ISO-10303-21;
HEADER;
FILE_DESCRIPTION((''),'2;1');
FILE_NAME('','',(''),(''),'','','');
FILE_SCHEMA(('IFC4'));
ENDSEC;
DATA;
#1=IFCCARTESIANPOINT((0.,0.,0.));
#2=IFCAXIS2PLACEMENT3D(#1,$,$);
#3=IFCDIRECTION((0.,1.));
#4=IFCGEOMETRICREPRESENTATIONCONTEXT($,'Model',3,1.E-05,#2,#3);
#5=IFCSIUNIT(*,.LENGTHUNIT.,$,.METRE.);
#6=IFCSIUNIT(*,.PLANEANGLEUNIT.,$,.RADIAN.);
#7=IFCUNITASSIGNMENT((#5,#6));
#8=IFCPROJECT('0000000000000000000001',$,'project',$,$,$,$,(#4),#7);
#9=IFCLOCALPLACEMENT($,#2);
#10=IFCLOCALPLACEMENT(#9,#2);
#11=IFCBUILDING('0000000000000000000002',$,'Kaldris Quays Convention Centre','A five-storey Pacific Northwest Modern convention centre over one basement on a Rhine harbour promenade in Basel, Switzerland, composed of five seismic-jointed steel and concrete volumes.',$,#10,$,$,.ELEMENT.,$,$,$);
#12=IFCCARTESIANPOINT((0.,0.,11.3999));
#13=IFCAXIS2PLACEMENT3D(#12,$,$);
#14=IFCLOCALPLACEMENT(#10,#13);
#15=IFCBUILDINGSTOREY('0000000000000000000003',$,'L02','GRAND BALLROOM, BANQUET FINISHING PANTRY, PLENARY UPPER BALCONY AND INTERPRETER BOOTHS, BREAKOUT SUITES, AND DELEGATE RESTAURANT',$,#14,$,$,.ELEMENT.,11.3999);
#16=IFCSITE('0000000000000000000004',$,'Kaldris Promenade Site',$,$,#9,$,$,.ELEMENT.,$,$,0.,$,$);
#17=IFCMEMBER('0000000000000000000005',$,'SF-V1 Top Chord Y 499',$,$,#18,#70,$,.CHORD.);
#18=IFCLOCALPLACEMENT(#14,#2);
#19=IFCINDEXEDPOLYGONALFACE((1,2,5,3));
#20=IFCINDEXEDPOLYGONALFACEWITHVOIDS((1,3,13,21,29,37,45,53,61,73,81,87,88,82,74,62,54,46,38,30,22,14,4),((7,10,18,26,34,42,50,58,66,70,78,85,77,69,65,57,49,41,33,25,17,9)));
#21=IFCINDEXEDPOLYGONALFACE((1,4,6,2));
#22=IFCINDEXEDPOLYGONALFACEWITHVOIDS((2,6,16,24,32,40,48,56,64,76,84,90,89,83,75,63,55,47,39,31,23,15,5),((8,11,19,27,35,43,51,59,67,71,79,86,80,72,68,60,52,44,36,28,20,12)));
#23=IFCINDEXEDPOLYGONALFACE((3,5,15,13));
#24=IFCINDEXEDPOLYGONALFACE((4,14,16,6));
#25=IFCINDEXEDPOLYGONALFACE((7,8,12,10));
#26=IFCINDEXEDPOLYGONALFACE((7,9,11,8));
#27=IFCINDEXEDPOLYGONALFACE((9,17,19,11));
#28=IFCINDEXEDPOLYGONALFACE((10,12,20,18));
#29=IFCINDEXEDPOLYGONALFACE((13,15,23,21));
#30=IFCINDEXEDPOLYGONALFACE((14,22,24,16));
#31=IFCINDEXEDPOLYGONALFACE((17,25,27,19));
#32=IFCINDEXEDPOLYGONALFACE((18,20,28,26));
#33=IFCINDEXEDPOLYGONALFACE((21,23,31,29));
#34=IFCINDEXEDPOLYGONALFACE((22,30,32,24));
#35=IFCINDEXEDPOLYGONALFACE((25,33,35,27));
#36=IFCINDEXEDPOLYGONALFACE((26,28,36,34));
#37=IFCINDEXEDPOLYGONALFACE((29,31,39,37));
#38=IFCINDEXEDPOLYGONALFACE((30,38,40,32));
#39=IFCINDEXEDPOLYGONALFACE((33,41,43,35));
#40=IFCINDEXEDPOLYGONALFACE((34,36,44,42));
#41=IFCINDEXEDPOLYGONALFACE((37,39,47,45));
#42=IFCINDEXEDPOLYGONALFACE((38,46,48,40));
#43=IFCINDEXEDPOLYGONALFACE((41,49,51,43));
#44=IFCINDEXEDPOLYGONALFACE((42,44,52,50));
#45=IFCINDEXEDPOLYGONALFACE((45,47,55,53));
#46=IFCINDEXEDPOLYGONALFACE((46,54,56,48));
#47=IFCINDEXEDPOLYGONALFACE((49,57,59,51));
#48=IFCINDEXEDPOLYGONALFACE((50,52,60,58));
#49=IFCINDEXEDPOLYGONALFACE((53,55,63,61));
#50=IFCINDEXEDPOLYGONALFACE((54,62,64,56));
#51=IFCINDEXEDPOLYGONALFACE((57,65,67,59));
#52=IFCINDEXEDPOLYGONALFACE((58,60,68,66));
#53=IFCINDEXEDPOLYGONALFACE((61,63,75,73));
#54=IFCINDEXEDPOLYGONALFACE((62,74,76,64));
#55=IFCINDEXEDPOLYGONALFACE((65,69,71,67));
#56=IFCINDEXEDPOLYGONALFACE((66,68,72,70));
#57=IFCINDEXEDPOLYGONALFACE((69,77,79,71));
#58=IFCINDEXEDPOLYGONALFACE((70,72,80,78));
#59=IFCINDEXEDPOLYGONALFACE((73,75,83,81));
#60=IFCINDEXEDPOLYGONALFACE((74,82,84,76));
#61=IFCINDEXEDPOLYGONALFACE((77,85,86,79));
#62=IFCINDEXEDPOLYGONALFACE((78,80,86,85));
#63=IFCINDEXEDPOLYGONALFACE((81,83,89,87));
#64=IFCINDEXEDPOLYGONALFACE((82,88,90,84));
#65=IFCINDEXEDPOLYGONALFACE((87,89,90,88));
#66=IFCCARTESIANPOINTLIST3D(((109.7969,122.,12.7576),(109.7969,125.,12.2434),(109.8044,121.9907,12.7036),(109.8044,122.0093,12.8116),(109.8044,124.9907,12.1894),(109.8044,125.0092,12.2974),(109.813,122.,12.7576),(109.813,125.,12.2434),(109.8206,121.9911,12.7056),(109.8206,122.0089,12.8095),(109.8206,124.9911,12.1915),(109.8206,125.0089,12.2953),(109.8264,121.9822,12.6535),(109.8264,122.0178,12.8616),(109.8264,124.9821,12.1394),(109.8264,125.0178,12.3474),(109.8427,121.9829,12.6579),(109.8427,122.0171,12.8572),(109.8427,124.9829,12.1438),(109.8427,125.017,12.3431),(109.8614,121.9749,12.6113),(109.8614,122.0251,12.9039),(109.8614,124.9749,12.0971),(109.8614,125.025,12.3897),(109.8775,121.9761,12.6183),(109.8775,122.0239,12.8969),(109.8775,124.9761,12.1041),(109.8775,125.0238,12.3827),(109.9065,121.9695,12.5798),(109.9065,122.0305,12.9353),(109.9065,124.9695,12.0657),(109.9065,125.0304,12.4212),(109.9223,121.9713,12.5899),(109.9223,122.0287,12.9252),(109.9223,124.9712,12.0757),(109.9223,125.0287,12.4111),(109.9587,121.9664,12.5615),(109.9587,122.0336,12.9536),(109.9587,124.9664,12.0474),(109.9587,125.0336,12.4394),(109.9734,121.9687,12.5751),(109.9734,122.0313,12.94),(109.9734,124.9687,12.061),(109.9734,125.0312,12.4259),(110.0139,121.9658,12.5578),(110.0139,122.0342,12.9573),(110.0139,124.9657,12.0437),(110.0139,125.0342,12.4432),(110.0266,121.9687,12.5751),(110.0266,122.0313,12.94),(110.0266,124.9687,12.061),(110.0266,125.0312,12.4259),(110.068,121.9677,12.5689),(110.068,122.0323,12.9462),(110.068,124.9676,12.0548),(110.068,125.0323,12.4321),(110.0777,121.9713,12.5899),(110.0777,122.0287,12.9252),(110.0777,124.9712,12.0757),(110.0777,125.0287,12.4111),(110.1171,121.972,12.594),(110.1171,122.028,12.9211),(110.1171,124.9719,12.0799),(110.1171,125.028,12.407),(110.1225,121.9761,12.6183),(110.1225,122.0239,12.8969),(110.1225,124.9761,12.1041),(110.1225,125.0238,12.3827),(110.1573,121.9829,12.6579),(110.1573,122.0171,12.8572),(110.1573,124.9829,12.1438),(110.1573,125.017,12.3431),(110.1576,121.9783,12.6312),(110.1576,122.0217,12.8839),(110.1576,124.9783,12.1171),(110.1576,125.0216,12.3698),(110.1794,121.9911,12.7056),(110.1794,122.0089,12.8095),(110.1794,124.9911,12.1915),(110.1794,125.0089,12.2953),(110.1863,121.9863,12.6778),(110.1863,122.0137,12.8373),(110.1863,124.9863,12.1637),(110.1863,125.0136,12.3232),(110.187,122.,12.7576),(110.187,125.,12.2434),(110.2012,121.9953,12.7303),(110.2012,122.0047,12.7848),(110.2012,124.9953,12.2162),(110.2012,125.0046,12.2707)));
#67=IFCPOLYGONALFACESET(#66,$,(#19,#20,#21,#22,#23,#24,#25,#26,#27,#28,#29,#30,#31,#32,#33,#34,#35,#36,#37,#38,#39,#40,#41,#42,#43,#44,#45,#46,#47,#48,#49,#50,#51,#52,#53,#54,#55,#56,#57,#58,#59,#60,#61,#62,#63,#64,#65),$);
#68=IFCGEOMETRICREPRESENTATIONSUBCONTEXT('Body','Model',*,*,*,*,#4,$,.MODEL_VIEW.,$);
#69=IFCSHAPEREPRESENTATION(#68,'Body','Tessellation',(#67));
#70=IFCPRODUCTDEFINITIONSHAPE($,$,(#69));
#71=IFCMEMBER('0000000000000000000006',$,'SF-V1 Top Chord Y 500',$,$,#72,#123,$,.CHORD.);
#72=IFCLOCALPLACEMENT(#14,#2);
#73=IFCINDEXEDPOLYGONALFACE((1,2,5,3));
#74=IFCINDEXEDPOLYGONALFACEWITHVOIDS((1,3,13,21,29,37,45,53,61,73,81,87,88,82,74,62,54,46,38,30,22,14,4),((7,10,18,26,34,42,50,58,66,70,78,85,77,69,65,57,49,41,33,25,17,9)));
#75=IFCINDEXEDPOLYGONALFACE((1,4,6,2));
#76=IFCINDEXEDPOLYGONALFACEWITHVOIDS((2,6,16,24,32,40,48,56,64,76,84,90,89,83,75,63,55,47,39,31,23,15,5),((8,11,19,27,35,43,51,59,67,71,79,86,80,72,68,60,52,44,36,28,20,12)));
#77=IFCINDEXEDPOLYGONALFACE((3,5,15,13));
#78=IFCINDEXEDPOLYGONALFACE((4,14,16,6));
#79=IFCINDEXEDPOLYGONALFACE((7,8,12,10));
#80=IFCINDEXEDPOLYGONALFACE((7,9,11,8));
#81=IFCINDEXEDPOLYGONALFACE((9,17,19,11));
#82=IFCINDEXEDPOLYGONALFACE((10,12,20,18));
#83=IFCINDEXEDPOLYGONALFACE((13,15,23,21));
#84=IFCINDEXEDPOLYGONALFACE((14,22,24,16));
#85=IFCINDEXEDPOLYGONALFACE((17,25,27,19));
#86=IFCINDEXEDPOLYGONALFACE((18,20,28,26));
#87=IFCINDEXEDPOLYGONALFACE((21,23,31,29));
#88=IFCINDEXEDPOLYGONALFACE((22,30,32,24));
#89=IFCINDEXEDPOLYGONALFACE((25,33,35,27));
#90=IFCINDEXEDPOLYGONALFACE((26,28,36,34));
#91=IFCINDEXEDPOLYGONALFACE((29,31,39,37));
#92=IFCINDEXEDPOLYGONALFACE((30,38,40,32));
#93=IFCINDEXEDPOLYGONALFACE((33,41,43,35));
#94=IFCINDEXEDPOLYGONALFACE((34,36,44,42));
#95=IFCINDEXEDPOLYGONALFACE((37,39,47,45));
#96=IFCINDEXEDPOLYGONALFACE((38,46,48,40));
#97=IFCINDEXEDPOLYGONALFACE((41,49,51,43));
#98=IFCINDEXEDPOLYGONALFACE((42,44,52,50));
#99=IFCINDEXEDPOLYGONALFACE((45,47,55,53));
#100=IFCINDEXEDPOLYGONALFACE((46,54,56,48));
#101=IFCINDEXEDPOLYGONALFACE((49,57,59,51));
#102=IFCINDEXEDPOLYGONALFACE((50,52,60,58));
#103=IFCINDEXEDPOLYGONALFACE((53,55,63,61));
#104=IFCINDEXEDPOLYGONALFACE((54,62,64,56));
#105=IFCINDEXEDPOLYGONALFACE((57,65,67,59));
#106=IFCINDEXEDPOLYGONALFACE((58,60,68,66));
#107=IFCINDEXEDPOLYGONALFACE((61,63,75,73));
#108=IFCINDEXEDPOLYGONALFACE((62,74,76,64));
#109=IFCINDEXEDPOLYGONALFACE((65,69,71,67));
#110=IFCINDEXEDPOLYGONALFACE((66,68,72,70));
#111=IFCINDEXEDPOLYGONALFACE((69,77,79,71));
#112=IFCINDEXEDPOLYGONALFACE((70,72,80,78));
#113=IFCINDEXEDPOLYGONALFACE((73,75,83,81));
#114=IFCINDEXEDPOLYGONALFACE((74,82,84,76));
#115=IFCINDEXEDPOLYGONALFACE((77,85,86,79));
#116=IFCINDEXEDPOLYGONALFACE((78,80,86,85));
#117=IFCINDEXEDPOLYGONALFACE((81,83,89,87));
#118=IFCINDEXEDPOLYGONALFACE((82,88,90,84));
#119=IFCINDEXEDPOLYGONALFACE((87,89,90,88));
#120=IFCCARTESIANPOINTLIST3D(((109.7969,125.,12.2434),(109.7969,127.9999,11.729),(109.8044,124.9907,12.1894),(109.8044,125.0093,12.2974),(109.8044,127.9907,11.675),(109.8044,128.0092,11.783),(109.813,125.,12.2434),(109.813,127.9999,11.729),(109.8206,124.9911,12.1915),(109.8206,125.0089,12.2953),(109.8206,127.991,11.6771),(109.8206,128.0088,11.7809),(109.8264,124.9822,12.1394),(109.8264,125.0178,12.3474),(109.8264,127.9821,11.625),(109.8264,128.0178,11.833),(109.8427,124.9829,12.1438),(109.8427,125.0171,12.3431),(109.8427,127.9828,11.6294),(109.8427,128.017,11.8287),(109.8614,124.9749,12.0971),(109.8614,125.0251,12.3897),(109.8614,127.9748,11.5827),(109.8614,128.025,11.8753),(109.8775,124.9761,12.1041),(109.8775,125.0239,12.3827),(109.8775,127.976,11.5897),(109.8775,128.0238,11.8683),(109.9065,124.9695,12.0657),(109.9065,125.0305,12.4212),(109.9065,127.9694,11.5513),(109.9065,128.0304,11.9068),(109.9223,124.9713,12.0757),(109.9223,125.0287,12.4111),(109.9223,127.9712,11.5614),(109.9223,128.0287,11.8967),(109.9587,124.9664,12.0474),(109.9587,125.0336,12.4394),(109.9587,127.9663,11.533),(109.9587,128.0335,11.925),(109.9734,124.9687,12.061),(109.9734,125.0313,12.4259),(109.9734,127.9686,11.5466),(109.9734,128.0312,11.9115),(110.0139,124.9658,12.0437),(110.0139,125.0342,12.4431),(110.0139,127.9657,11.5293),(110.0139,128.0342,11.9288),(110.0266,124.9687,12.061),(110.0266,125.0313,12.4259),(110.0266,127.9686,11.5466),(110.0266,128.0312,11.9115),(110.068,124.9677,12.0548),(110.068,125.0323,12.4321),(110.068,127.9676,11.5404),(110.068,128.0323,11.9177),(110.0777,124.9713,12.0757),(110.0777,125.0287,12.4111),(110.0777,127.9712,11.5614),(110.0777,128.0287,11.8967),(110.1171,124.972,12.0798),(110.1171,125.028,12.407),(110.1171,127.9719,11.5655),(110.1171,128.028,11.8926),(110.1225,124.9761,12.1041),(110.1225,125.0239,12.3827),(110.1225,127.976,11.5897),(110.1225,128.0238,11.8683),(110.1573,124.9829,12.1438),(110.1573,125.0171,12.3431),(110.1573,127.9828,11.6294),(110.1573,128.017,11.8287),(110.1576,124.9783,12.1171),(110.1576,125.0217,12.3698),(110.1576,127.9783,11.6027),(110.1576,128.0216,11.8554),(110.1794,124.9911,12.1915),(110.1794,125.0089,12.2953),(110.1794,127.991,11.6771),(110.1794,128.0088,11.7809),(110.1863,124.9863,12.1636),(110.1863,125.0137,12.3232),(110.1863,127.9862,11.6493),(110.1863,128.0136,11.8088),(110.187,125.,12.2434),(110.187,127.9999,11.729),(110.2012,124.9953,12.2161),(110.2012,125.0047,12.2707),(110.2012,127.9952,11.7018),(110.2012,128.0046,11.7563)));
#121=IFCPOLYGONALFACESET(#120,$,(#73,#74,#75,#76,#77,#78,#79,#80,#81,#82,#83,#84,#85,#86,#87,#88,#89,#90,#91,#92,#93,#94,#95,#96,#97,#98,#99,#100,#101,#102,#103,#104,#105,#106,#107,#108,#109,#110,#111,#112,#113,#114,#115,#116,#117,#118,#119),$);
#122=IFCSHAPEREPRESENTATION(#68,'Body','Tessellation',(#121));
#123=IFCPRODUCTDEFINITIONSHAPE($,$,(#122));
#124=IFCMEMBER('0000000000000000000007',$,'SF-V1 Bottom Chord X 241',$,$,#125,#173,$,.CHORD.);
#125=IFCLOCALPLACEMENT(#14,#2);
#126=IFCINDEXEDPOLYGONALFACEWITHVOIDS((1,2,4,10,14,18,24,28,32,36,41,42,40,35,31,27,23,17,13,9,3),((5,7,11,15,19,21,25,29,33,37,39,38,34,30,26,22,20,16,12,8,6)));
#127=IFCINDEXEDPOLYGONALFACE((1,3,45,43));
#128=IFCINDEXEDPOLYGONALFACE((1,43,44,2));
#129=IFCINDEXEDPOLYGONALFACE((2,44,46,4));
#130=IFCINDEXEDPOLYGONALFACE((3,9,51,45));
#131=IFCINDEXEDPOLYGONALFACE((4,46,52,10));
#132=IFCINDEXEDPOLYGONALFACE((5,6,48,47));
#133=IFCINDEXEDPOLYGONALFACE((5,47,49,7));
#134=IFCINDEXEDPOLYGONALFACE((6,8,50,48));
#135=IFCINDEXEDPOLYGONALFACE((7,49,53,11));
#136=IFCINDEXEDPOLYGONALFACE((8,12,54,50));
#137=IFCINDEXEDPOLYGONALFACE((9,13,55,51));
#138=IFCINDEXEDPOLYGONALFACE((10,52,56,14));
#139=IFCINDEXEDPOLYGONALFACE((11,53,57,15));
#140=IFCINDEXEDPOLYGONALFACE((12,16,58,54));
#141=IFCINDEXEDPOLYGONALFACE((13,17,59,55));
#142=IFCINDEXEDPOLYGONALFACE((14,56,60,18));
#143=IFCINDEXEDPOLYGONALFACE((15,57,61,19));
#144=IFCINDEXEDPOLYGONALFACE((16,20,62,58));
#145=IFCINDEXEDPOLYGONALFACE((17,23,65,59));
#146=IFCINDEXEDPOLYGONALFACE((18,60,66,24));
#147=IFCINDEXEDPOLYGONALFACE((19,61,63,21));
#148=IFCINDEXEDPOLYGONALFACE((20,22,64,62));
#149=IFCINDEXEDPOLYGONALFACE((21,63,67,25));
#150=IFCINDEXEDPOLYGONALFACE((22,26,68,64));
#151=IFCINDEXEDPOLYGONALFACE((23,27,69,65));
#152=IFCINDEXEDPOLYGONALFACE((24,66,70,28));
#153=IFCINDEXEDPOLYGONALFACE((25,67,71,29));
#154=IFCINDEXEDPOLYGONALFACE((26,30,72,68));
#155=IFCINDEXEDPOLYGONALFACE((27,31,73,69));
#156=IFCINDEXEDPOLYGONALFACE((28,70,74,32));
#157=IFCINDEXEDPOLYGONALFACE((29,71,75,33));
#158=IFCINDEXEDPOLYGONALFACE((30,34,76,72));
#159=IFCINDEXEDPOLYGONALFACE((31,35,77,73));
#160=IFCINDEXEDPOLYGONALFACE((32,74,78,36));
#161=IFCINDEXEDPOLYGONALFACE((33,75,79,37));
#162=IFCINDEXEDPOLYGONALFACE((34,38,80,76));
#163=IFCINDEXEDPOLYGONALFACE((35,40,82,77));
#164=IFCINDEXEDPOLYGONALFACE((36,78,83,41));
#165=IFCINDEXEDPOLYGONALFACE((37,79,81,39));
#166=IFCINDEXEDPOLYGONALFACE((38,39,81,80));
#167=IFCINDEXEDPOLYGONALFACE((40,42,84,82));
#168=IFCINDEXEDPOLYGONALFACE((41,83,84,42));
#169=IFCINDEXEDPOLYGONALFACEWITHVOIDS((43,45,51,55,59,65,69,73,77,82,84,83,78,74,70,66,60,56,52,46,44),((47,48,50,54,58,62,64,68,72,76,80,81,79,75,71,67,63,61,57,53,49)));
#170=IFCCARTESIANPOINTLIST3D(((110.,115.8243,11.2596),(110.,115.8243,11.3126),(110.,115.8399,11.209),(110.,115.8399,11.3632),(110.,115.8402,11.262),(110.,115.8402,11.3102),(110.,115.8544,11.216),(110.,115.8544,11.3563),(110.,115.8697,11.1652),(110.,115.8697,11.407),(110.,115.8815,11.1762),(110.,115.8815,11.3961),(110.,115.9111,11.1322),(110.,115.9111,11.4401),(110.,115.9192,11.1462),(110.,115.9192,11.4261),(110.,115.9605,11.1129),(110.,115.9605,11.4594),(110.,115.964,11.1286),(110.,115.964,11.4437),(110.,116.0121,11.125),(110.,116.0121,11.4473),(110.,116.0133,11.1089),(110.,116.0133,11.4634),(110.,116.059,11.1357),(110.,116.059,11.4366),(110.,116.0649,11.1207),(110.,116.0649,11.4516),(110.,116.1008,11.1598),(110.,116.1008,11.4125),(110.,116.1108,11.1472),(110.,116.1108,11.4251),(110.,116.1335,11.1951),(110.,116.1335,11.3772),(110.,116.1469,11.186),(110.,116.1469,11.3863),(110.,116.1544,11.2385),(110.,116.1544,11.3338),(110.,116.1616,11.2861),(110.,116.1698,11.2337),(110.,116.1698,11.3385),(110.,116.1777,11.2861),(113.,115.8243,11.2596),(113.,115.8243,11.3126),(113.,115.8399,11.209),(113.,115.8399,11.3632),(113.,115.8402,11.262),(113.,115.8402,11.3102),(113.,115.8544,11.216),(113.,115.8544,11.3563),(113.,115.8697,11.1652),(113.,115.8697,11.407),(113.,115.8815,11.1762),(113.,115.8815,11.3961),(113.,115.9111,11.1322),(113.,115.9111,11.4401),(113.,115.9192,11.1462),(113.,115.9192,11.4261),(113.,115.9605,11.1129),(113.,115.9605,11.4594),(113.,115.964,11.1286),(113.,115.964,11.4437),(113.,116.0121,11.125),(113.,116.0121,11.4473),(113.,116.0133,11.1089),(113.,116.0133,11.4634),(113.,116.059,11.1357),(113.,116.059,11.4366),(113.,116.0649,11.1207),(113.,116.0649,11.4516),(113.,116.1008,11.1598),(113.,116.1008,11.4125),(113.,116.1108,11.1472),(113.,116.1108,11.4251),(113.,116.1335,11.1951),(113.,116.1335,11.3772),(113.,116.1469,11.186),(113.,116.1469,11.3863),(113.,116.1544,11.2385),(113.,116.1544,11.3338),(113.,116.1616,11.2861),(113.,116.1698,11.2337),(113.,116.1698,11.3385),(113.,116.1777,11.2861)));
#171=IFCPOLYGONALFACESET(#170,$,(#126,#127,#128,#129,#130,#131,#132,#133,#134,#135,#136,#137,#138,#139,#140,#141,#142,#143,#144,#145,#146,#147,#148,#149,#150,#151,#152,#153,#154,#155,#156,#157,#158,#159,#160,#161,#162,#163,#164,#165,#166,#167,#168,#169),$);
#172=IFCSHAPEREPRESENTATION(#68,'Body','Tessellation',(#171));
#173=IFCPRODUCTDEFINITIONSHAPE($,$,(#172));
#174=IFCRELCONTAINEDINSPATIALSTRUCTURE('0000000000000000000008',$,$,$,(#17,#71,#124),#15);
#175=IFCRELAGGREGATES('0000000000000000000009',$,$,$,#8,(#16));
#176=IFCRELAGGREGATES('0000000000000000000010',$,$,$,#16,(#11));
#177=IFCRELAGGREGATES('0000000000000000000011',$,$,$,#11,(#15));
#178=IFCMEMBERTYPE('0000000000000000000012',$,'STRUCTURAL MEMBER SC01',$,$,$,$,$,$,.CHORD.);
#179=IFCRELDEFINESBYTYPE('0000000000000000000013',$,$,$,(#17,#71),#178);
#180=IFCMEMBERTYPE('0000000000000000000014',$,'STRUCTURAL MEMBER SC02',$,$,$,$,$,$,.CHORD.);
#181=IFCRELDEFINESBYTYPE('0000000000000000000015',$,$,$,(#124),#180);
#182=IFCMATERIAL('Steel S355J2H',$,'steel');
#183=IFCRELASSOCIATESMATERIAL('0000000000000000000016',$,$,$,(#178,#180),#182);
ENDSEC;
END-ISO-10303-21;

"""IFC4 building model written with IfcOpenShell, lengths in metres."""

from ifc_helpers import new_model, si_unit, direction, frame, origin, origin_2d, place, context, subcontext, project, spatial, hollow_circle, extrude, material, material_profile, profile_set, type_object, element, save


model = new_model("IFC4")

# Units and contexts
model_context = context("Model", 3, precision=1e-05, world=origin(), true_north=direction((0.0, 1.0)))
body_context = subcontext(model_context, "Body", "Model", "MODEL_VIEW")
ifc_project = project(units=[si_unit("LENGTHUNIT", "METRE"), si_unit("PLANEANGLEUNIT", "RADIAN")], contexts=[model_context])

# Site, building, storey
site_placement = place(None, origin())
site = spatial("IfcSite", under=ifc_project, at=site_placement, Name="Kaldris Promenade Site", CompositionType="ELEMENT", RefElevation=0.0)
building_placement = place(site_placement, origin())
building = spatial("IfcBuilding", under=site, at=building_placement, Name="Kaldris Quays Convention Centre", Description="A five-storey Pacific Northwest Modern convention centre over one basement on a Rhine harbour promenade in Basel, Switzerland, composed of five seismic-jointed steel and concrete volumes.", CompositionType="ELEMENT")
storey_placement = place(building_placement, frame((0.0, 0.0, 11.3999)))
storey = spatial("IfcBuildingStorey", under=building, at=storey_placement, Name="L02", Description="GRAND BALLROOM, BANQUET FINISHING PANTRY, PLENARY UPPER BALCONY AND INTERPRETER BOOTHS, BREAKOUT SUITES, AND DELEGATE RESTAURANT", CompositionType="ELEMENT", Elevation=11.3999)

# Members
ifc_material_1 = material(Name="Steel S355J2H", Category="steel")
ifc_material_profile_1 = material_profile(ifc_material_1, hollow_circle(Radius=0.2031, WallThickness=0.0161, at=origin_2d()), Name="CHS 406.4x16")
ifc_profile_set_1 = profile_set([ifc_material_profile_1], Name="Steel S355J2H")
member_type_1 = type_object("IfcMemberType", Name="STRUCTURAL MEMBER SC01", PredefinedType="CHORD", material=ifc_profile_set_1)
for number, where, z_axis, x_axis, name in (
    (1, (110.0, 122.0, 12.7576), (0.0, 0.985629, -0.168924), (-1.0, 0.0, 0.0), "SF-V1 Top Chord Y 499"),
    (2, (110.0, 125.0, 12.2434), (0.0, 0.985616, -0.169002), (-1.0, 0.0, 0.0), "SF-V1 Top Chord Y 500"),
):
    element("IfcMember", number, at=place(storey_placement, frame(where, z_axis=z_axis, x_axis=x_axis)), inside=storey, type_object=member_type_1, Name=name, PredefinedType="CHORD", context=body_context, shape_type="SweptSolid", body=[
        extrude(hollow_circle(Radius=0.2031, WallThickness=0.0161, at=origin_2d()), origin(), (0.0, 0.0, 1.0), 3.0437),
    ])
ifc_material_profile_2 = material_profile(ifc_material_1, hollow_circle(Radius=0.1777, WallThickness=0.0161, at=origin_2d()), Name="CHS 355.6x16")
ifc_profile_set_2 = profile_set([ifc_material_profile_2], Name="Steel S355J2H")
member_type_2 = type_object("IfcMemberType", Name="STRUCTURAL MEMBER SC02", PredefinedType="CHORD", material=ifc_profile_set_2)
for number, where, z_axis, x_axis, name in (
    (3, (110.0, 116.0, 11.2861), (1.0, 0.0, 0.0), (0.0, 1.0, 0.0), "SF-V1 Bottom Chord X 241"),
):
    element("IfcMember", number, at=place(storey_placement, frame(where, z_axis=z_axis, x_axis=x_axis)), inside=storey, type_object=member_type_2, Name=name, PredefinedType="CHORD", context=body_context, shape_type="SweptSolid", body=[
        extrude(hollow_circle(Radius=0.1777, WallThickness=0.0161, at=origin_2d()), origin(), (0.0, 0.0, 1.0), 3.0),
    ])

save(model, "model.ifc")
